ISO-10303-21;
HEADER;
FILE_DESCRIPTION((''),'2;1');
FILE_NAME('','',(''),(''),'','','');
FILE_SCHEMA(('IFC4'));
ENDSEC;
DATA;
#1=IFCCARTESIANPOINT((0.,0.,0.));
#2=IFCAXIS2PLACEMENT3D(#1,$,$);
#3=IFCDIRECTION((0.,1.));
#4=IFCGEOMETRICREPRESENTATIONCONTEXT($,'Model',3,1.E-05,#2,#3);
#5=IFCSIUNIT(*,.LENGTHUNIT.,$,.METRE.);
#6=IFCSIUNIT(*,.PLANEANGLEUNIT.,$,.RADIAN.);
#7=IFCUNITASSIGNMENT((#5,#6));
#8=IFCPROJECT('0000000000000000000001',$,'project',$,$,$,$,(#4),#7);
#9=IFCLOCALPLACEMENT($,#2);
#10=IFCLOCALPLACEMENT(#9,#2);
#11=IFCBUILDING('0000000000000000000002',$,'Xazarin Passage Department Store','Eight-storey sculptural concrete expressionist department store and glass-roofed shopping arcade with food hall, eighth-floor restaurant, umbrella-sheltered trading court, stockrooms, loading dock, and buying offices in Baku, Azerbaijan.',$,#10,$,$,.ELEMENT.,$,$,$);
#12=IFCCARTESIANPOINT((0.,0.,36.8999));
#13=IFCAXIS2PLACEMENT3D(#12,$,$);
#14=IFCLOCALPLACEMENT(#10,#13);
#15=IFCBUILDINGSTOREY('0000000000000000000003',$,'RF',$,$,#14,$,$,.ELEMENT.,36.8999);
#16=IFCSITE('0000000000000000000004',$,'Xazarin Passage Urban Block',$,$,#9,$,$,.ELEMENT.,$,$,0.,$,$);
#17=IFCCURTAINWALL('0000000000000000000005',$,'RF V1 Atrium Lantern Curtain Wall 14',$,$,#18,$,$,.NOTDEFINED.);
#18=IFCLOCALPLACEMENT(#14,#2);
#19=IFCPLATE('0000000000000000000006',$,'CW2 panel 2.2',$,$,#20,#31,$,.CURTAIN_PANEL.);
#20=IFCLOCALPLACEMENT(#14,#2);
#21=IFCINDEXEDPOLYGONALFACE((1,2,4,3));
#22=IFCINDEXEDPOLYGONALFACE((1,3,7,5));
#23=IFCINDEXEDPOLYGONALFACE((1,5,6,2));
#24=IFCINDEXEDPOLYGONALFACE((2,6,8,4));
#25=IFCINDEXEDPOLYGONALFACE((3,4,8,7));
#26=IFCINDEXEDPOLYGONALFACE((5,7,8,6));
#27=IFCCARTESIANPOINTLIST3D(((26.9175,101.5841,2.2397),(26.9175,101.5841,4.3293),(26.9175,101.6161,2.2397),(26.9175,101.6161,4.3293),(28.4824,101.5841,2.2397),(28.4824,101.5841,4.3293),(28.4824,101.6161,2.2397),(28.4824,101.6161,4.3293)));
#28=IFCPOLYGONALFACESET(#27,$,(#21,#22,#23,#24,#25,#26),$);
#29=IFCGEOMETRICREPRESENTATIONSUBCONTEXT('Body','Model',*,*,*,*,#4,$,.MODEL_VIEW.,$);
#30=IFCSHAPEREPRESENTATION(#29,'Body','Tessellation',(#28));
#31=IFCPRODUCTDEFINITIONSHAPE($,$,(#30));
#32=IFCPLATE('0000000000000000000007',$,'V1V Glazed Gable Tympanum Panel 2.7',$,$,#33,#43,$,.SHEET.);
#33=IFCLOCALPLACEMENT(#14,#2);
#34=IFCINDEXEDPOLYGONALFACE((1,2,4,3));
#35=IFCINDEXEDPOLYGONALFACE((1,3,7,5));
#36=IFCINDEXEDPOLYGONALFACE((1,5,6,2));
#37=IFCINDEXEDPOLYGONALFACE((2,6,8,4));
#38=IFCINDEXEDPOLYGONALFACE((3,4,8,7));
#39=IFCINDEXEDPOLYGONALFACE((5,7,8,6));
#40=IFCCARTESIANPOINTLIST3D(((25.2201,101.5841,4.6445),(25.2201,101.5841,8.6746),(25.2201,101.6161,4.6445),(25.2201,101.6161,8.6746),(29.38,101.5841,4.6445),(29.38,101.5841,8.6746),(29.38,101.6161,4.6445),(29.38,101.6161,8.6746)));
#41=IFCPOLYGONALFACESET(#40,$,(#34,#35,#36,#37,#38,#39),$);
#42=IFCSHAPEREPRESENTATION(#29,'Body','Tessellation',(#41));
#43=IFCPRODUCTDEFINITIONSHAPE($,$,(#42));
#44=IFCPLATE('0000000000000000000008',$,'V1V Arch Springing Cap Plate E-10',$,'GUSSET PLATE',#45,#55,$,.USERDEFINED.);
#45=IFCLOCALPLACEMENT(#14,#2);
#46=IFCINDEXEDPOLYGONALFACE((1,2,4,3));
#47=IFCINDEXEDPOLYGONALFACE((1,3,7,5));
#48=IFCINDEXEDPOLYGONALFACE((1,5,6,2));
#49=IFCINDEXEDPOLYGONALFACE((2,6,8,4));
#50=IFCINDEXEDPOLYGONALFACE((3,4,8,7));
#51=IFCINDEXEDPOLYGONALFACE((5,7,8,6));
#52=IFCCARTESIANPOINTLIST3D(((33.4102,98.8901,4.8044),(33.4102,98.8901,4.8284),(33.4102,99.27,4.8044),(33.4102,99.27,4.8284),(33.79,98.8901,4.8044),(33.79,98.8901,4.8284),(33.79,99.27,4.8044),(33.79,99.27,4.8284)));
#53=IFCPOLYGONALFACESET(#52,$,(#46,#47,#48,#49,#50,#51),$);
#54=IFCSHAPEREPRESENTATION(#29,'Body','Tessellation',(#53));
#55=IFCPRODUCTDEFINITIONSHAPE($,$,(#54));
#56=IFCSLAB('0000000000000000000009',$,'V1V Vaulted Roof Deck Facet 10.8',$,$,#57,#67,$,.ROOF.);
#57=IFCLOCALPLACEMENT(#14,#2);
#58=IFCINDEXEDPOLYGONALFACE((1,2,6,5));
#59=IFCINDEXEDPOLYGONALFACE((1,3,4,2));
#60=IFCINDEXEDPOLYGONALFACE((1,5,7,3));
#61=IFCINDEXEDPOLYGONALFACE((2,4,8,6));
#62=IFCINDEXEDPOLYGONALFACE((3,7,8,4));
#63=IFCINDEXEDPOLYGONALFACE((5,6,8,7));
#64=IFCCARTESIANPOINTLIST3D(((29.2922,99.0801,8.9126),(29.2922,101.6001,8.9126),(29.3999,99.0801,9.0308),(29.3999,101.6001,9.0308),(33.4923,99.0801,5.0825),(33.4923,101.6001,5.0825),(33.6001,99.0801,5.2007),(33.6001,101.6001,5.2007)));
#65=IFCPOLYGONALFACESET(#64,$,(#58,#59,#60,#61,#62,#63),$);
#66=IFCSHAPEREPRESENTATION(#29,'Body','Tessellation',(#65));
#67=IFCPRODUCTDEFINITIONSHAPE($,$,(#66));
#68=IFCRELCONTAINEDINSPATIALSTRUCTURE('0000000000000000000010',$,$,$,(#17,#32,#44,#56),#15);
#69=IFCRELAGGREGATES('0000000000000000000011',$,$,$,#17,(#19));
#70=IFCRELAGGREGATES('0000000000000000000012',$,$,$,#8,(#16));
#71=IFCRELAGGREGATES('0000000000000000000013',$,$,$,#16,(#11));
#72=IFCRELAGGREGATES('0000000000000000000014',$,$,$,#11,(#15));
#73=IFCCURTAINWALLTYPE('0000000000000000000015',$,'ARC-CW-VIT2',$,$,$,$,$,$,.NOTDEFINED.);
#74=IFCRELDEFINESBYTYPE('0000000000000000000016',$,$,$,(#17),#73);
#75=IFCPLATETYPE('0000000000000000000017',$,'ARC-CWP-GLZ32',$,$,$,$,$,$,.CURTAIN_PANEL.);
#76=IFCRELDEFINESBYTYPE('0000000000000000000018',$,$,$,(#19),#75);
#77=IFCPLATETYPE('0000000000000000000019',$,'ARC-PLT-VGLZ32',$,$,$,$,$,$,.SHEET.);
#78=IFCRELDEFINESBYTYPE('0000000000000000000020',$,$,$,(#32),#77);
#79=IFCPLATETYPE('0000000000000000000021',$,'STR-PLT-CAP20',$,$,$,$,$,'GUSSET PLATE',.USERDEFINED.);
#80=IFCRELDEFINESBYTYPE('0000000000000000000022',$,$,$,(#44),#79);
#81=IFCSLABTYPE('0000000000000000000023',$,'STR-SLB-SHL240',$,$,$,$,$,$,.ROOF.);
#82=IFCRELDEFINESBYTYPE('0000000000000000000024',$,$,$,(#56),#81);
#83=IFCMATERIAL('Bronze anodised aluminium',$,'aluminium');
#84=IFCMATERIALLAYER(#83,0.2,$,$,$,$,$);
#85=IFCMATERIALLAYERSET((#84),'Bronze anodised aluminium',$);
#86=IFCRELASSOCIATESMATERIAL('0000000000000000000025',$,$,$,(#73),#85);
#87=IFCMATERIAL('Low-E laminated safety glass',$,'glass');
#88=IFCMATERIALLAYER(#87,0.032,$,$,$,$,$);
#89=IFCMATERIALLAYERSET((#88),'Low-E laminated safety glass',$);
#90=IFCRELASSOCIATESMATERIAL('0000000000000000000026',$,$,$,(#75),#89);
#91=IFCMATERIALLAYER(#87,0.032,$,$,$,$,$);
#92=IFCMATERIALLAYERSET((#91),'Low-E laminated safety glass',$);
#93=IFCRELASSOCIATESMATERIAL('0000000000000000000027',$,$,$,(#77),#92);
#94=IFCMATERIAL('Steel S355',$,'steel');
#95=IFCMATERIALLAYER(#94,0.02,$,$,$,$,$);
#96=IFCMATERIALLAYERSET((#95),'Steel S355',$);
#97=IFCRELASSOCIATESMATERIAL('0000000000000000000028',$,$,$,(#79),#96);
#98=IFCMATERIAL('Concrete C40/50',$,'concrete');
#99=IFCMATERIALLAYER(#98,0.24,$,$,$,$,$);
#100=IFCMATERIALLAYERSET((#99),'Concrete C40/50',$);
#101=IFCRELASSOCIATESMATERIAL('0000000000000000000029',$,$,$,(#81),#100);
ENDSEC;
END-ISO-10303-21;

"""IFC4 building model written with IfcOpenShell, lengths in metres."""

from ifc_helpers import new_model, si_unit, direction, frame, origin, origin_2d, place, context, subcontext, project, spatial, polyline, rectangle, outline, extrude, material, layer, layer_set, type_object, element, aggregate, save


model = new_model("IFC4")

# Units and contexts
model_context = context("Model", 3, precision=1e-05, world=origin(), true_north=direction((0.0, 1.0)))
body_context = subcontext(model_context, "Body", "Model", "MODEL_VIEW")
ifc_project = project(units=[si_unit("LENGTHUNIT", "METRE"), si_unit("PLANEANGLEUNIT", "RADIAN")], contexts=[model_context])

# Site, building, storey
site_placement = place(None, origin())
site = spatial("IfcSite", under=ifc_project, at=site_placement, Name="Xazarin Passage Urban Block", CompositionType="ELEMENT", RefElevation=0.0)
building_placement = place(site_placement, origin())
building = spatial("IfcBuilding", under=site, at=building_placement, Name="Xazarin Passage Department Store", Description="Eight-storey sculptural concrete expressionist department store and glass-roofed shopping arcade with food hall, eighth-floor restaurant, umbrella-sheltered trading court, stockrooms, loading dock, and buying offices in Baku, Azerbaijan.", CompositionType="ELEMENT")
storey_placement = place(building_placement, frame((0.0, 0.0, 36.8999)))
storey = spatial("IfcBuildingStorey", under=building, at=storey_placement, Name="RF", CompositionType="ELEMENT", Elevation=36.8999)

# Curtain wall
ifc_material_1 = material(Name="Bronze anodised aluminium", Category="aluminium")
ifc_layer_1 = layer(ifc_material_1, 0.2)
ifc_layer_set_1 = layer_set([ifc_layer_1], Name="Bronze anodised aluminium")
curtain_wall_type = type_object("IfcCurtainWallType", Name="ARC-CW-VIT2", PredefinedType="NOTDEFINED", material=ifc_layer_set_1)
curtain_wall_1_placement = place(storey_placement, origin())
curtain_wall_1 = element("IfcCurtainWall", 1, at=curtain_wall_1_placement, inside=storey, type_object=curtain_wall_type, Name="RF V1 Atrium Lantern Curtain Wall 14", PredefinedType="NOTDEFINED")

# Shared definitions
ifc_material_2 = material(Name="Steel S355", Category="steel")

# Plate
ifc_material_3 = material(Name="Low-E laminated safety glass", Category="glass")
ifc_layer_2 = layer(ifc_material_3, 0.032)
ifc_layer_set_2 = layer_set([ifc_layer_2], Name="Low-E laminated safety glass")
plate_type_1 = type_object("IfcPlateType", Name="ARC-CWP-GLZ32", PredefinedType="CURTAIN_PANEL", material=ifc_layer_set_2)
plate_1_placement = place(storey_placement, frame((27.7, 101.6001, 2.2397), z_axis=(0.0, 0.0, 1.0), x_axis=(1.0, 0.0, 0.0)))
plate_1 = element("IfcPlate", 2, at=plate_1_placement, type_object=plate_type_1, Name="CW2 panel 2.2", PredefinedType="CURTAIN_PANEL", context=body_context, shape_type="SweptSolid", body=[
    extrude(rectangle(XDim=1.5649, YDim=0.032, at=origin_2d()), origin(), (0.0, 0.0, 1.0), 2.0896),
])
aggregate(curtain_wall_1, [plate_1])

# Plates
ifc_layer_3 = layer(ifc_material_3, 0.032)
ifc_layer_set_3 = layer_set([ifc_layer_3], Name="Low-E laminated safety glass")
plate_type_2 = type_object("IfcPlateType", Name="ARC-PLT-VGLZ32", PredefinedType="SHEET", material=ifc_layer_set_3)
plate_2_placement = place(storey_placement, frame((27.3, 101.6001, 4.6445), z_axis=(0.0, 0.0, 1.0), x_axis=(1.0, 0.0, 0.0)))
element("IfcPlate", 3, at=plate_2_placement, inside=storey, type_object=plate_type_2, Name="V1V Glazed Gable Tympanum Panel 2.7", PredefinedType="SHEET", context=body_context, shape_type="SweptSolid", body=[
    extrude(rectangle(XDim=4.1599, YDim=0.032, at=origin_2d()), origin(), (0.0, 0.0, 1.0), 4.03),
])
ifc_layer_4 = layer(ifc_material_2, 0.02)
ifc_layer_set_4 = layer_set([ifc_layer_4], Name="Steel S355")
plate_type_3 = type_object("IfcPlateType", Name="STR-PLT-CAP20", ElementType="GUSSET PLATE", PredefinedType="USERDEFINED", material=ifc_layer_set_4)
plate_3_placement = place(storey_placement, frame((33.6001, 99.0801, 4.8044), z_axis=(0.0, 0.0, 1.0), x_axis=(1.0, 0.0, 0.0)))
element("IfcPlate", 4, at=plate_3_placement, inside=storey, type_object=plate_type_3, Name="V1V Arch Springing Cap Plate E-10", ObjectType="GUSSET PLATE", PredefinedType="USERDEFINED", context=body_context, shape_type="SweptSolid", body=[
    extrude(rectangle(XDim=0.3799, YDim=0.3799, at=origin_2d()), origin(), (0.0, 0.0, 1.0), 0.0239),
])

# Slab
ifc_material_4 = material(Name="Concrete C40/50", Category="concrete")
ifc_layer_5 = layer(ifc_material_4, 0.24)
ifc_layer_set_5 = layer_set([ifc_layer_5], Name="Concrete C40/50")
slab_type = type_object("IfcSlabType", Name="STR-SLB-SHL240", PredefinedType="ROOF", material=ifc_layer_set_5)
slab_placement = place(storey_placement, frame((29.3999, 99.0801, 9.0308), z_axis=(0.673801, 0.0, 0.738913), x_axis=(0.738913, 0.0, -0.673801)))
element("IfcSlab", 5, at=slab_placement, inside=storey, type_object=slab_type, Name="V1V Vaulted Roof Deck Facet 10.8", PredefinedType="ROOF", context=body_context, shape_type="SweptSolid", body=[
    extrude(outline(polyline([(0.0, 0.0), (5.6843, 0.0), (5.6843, 2.52), (0.0, 2.52), (0.0, 0.0)])), origin(), (0.0, 0.0, -1.0), 0.1599),
])

save(model, "model.ifc")
